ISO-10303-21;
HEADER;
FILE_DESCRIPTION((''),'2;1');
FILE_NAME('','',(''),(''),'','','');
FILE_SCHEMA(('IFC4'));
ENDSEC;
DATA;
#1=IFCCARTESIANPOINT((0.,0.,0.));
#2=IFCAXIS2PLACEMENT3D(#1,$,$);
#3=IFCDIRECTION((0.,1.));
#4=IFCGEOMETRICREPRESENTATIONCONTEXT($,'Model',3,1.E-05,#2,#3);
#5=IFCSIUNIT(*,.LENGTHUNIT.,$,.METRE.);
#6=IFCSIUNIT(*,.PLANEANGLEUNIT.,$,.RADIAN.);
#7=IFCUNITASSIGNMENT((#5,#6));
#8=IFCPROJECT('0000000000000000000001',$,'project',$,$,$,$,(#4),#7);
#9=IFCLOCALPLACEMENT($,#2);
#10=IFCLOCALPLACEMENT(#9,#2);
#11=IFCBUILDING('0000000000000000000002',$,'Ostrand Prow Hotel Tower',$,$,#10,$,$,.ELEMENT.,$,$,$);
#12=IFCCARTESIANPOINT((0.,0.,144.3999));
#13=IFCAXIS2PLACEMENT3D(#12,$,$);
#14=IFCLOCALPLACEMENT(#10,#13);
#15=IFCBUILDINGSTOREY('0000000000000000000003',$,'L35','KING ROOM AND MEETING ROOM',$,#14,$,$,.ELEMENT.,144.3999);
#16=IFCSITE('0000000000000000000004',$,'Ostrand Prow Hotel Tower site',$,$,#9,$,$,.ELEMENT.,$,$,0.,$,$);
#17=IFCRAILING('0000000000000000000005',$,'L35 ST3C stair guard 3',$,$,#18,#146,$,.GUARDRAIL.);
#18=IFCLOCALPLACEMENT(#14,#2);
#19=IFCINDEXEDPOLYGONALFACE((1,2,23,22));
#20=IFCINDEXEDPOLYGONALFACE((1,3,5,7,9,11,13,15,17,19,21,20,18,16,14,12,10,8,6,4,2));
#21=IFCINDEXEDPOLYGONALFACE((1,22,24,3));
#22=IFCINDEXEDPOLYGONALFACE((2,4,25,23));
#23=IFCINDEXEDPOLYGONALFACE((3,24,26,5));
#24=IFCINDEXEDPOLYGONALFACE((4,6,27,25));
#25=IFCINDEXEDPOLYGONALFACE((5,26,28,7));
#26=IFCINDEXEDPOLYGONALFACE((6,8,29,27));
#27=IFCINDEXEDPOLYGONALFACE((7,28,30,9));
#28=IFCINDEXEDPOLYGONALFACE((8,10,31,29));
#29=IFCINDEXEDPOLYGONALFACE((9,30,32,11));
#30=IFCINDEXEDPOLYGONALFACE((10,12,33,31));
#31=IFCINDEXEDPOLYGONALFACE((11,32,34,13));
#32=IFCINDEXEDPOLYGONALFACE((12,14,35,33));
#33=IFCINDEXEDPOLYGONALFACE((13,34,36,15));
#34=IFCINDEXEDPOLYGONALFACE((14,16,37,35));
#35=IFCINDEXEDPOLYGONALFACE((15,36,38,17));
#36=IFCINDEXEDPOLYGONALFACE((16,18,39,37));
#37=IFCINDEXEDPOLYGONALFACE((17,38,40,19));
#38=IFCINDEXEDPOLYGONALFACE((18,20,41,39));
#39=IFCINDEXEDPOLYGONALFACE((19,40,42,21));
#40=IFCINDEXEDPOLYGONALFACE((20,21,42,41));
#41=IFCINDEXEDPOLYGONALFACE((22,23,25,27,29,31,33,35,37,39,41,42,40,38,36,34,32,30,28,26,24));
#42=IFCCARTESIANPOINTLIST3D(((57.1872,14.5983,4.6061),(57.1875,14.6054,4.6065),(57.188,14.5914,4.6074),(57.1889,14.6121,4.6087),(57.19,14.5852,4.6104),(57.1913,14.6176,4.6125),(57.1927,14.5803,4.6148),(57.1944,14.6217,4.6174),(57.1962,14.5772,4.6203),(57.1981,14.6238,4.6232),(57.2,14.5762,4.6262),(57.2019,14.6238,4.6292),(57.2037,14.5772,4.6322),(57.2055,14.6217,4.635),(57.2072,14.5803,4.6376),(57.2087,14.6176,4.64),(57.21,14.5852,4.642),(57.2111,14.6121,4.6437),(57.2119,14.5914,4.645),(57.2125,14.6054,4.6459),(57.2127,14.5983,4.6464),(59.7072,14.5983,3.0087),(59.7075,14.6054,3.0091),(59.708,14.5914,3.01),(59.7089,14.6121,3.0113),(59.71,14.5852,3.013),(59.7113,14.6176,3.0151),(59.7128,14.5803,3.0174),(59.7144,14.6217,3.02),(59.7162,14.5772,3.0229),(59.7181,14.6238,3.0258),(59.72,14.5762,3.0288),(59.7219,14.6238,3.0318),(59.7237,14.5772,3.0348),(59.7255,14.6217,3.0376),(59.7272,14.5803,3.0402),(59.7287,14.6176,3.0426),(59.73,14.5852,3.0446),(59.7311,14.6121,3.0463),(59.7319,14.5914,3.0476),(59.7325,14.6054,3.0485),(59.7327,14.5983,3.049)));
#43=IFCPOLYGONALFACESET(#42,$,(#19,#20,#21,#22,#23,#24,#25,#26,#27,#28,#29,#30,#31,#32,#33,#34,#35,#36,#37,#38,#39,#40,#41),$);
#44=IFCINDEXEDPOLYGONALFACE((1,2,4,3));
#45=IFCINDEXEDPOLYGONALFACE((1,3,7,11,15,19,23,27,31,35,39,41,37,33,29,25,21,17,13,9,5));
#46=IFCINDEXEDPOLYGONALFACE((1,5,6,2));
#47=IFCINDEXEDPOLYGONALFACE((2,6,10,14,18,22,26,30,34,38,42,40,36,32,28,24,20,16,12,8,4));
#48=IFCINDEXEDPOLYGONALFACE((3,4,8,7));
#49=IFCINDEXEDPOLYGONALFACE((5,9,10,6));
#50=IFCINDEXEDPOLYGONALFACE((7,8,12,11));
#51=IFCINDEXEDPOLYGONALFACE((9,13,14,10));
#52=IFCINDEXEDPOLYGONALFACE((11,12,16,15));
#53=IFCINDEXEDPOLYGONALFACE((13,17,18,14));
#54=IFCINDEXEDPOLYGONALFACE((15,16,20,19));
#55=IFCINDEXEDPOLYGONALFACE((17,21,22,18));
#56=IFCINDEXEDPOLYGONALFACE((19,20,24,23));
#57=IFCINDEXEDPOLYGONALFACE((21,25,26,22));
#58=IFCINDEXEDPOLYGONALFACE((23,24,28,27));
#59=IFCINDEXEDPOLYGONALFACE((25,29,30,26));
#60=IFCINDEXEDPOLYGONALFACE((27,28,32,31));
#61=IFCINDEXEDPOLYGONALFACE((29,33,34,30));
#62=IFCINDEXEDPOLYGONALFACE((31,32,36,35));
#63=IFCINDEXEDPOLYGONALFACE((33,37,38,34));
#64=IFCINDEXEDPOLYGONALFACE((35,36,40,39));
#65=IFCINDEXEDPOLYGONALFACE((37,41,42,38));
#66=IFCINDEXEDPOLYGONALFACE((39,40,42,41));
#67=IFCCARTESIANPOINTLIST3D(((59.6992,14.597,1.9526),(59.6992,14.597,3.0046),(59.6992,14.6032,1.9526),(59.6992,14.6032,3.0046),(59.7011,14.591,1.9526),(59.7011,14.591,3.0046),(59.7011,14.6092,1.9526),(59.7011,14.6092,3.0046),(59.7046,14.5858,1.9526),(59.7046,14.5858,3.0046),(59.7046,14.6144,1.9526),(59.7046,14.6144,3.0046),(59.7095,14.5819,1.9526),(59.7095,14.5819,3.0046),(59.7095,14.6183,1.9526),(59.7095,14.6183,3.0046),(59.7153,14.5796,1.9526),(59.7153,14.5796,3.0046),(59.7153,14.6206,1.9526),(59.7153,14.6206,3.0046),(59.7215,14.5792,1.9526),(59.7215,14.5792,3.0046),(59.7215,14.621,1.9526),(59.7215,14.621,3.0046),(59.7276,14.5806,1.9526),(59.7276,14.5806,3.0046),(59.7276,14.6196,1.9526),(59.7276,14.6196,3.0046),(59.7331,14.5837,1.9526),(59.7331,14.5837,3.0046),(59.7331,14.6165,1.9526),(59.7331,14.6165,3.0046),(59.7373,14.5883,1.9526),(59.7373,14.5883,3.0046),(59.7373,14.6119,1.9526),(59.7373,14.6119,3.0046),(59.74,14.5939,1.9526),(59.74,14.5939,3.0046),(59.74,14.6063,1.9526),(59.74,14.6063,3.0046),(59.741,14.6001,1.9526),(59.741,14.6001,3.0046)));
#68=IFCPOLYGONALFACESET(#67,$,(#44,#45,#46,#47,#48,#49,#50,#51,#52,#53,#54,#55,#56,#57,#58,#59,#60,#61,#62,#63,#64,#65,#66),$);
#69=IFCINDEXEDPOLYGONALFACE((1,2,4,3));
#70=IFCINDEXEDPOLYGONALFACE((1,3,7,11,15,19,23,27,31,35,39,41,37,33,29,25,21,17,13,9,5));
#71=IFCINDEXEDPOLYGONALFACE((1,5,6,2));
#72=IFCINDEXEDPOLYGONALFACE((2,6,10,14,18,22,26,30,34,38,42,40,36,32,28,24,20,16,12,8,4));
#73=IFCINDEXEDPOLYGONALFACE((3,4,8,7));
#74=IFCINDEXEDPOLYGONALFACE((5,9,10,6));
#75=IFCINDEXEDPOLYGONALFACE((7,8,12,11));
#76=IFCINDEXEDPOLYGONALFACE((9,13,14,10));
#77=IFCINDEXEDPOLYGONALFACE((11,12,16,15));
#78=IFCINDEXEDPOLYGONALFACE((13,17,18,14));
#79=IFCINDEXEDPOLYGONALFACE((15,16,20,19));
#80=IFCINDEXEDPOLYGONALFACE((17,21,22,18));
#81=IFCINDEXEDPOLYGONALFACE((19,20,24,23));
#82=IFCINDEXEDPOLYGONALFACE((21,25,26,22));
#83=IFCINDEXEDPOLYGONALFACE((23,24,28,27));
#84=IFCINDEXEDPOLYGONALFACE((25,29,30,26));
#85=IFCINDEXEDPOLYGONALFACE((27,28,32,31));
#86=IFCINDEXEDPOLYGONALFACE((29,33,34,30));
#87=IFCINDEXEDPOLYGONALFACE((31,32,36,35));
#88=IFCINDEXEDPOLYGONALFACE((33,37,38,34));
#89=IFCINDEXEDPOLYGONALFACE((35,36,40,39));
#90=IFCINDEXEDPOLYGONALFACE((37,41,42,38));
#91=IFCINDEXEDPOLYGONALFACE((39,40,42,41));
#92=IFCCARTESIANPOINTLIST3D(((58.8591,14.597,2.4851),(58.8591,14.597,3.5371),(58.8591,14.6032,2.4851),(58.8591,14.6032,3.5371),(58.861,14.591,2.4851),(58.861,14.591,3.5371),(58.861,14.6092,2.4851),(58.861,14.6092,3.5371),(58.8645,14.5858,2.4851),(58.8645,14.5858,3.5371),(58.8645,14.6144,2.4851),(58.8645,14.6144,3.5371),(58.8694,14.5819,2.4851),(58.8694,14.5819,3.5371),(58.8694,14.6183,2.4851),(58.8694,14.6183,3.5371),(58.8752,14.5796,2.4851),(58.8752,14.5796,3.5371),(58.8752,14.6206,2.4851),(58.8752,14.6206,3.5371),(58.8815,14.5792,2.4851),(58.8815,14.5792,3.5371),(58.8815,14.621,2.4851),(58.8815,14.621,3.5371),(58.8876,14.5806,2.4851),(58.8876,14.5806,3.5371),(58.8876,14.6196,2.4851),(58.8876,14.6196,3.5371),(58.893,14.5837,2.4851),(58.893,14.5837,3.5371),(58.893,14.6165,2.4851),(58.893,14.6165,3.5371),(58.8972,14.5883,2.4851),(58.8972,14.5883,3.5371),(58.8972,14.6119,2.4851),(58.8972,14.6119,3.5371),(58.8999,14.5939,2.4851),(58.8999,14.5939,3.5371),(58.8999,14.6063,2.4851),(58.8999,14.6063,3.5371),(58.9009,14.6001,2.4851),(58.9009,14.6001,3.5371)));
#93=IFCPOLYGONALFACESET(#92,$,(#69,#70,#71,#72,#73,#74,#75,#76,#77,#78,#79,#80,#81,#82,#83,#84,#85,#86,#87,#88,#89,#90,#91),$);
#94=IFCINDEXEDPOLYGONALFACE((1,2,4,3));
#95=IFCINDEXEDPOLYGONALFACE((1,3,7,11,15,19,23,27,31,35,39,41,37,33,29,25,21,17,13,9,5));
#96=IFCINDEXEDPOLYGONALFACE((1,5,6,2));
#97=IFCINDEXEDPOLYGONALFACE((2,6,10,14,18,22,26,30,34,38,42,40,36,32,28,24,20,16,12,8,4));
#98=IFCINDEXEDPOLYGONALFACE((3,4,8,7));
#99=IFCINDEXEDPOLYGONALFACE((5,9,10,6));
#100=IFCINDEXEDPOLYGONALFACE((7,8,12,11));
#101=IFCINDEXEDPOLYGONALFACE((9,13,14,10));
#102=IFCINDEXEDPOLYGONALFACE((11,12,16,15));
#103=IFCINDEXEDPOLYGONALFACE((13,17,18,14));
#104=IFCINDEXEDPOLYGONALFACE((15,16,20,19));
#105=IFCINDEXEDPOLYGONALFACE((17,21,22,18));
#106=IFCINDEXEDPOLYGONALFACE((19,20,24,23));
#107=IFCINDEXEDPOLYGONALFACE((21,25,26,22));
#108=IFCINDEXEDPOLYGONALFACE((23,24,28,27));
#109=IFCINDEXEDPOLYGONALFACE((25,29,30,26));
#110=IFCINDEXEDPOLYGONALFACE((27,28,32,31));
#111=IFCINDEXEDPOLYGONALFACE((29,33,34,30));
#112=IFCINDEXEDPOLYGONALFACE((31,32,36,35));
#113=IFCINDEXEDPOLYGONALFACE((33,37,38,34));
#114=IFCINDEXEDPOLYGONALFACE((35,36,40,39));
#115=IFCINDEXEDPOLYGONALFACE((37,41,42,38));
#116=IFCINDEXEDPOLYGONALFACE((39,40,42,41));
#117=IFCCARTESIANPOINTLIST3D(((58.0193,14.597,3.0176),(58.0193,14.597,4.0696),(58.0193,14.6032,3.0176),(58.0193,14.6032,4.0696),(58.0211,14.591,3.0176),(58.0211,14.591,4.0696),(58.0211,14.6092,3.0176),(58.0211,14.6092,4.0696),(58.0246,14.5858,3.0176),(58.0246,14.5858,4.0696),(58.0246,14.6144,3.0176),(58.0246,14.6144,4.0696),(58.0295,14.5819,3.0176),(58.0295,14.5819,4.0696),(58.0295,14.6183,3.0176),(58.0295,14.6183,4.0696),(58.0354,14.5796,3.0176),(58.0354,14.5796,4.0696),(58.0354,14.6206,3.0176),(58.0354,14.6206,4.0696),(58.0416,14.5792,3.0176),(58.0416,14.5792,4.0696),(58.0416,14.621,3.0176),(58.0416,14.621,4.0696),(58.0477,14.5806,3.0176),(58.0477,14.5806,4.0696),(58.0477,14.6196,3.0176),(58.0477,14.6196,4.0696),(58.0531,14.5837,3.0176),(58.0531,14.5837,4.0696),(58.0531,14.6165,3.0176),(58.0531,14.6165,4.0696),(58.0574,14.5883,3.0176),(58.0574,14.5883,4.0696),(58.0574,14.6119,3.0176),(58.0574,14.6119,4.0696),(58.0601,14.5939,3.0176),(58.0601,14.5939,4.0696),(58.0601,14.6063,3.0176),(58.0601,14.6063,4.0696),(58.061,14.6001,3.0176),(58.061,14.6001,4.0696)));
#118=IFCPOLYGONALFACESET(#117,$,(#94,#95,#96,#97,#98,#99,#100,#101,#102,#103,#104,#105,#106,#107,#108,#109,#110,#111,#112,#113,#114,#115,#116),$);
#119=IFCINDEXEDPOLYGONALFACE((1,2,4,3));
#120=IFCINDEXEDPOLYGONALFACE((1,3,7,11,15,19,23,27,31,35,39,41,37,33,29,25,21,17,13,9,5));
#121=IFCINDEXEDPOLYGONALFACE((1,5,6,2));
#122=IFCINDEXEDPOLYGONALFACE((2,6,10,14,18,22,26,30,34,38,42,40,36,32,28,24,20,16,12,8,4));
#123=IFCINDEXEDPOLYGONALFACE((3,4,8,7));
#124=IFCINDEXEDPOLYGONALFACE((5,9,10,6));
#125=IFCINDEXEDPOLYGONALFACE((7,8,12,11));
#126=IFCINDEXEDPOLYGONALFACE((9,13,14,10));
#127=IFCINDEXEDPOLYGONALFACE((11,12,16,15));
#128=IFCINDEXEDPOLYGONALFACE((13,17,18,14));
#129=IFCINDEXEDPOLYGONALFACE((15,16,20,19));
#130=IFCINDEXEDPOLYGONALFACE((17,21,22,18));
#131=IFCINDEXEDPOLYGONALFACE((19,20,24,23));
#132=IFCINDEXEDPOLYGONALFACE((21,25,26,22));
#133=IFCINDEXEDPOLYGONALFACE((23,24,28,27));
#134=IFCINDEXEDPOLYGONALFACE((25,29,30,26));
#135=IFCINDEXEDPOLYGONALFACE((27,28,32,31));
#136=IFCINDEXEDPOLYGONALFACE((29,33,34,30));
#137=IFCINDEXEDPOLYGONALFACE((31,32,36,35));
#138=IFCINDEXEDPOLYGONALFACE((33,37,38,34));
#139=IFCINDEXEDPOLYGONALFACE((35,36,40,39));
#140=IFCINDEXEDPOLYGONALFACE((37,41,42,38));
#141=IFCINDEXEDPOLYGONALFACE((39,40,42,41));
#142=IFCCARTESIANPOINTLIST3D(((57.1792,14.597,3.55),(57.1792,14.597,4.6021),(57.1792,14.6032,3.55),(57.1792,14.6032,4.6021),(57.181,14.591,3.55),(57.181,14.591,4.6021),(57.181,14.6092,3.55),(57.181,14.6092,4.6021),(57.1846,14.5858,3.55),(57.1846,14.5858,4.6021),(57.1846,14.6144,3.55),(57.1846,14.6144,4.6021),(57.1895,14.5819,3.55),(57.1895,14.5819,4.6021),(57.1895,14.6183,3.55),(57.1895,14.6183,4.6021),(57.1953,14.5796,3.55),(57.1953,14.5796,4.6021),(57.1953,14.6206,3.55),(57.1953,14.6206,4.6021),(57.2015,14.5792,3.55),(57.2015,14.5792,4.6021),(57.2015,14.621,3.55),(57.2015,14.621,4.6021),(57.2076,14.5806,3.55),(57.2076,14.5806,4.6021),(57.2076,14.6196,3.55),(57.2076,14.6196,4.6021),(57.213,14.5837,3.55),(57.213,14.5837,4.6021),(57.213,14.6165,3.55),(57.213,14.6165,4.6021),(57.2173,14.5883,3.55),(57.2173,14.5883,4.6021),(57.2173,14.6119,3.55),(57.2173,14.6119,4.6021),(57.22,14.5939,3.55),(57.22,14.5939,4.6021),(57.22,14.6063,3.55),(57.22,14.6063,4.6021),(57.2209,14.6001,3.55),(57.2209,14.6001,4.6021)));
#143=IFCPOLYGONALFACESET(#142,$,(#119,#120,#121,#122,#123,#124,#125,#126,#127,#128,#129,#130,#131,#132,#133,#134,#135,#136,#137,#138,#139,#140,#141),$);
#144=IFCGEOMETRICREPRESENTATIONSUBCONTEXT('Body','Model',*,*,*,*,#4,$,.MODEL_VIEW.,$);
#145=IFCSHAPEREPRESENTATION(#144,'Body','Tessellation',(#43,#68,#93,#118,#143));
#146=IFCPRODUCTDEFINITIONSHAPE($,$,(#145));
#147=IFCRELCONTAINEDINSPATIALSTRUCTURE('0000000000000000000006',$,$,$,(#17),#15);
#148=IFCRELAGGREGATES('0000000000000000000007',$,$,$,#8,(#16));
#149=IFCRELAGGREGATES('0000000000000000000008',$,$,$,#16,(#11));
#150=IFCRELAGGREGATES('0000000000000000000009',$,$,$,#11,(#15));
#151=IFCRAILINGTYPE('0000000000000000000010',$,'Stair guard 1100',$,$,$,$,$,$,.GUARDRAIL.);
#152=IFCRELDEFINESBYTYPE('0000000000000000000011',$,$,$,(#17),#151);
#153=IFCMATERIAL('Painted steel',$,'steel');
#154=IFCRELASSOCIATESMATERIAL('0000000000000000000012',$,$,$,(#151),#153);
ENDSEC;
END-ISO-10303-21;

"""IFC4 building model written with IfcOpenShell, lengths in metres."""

from ifc_helpers import new_model, si_unit, direction, frame, origin, origin_2d, place, context, subcontext, project, spatial, circle, extrude, material, type_object, element, save


model = new_model("IFC4")

# Units and contexts
model_context = context("Model", 3, precision=1e-05, world=origin(), true_north=direction((0.0, 1.0)))
body_context = subcontext(model_context, "Body", "Model", "MODEL_VIEW")
ifc_project = project(units=[si_unit("LENGTHUNIT", "METRE"), si_unit("PLANEANGLEUNIT", "RADIAN")], contexts=[model_context])

# Site, building, storey
site_placement = place(None, origin())
site = spatial("IfcSite", under=ifc_project, at=site_placement, Name="Ostrand Prow Hotel Tower site", CompositionType="ELEMENT", RefElevation=0.0)
building_placement = place(site_placement, origin())
building = spatial("IfcBuilding", under=site, at=building_placement, Name="Ostrand Prow Hotel Tower", CompositionType="ELEMENT")
storey_placement = place(building_placement, frame((0.0, 0.0, 144.3999)))
storey = spatial("IfcBuildingStorey", under=building, at=storey_placement, Name="L35", Description="KING ROOM AND MEETING ROOM", CompositionType="ELEMENT", Elevation=144.3999)

# Railing
ifc_material_1 = material(Name="Painted steel", Category="steel")
railing_type_1 = type_object("IfcRailingType", Name="Stair guard 1100", PredefinedType="GUARDRAIL", material=ifc_material_1)
railing_1_placement = place(storey_placement, frame((59.72, 14.6001, 1.9526)))
element("IfcRailing", 1, at=railing_1_placement, inside=storey, type_object=railing_type_1, Name="L35 ST3C stair guard 3", PredefinedType="GUARDRAIL", context=body_context, shape_type="SweptSolid", body=[
    extrude(circle(Radius=0.0239, at=origin_2d()), frame((0.0, 0.0, 1.0762), z_axis=(-0.844607, 0.0, 0.535387), x_axis=(0.0, -1.0, 0.0)), (0.0, 0.0, 1.0), 2.9836),
    extrude(circle(Radius=0.021, at=origin_2d()), origin(), (0.0, 0.0, 1.0), 1.052),
    extrude(circle(Radius=0.021, at=origin_2d()), frame((-0.8401, 0.0, 0.5325)), (0.0, 0.0, 1.0), 1.052),
    extrude(circle(Radius=0.021, at=origin_2d()), frame((-1.6799, 0.0, 1.0649)), (0.0, 0.0, 1.0), 1.052),
    extrude(circle(Radius=0.021, at=origin_2d()), frame((-2.52, 0.0, 1.5974)), (0.0, 0.0, 1.0), 1.052),
])

save(model, "model.ifc")
